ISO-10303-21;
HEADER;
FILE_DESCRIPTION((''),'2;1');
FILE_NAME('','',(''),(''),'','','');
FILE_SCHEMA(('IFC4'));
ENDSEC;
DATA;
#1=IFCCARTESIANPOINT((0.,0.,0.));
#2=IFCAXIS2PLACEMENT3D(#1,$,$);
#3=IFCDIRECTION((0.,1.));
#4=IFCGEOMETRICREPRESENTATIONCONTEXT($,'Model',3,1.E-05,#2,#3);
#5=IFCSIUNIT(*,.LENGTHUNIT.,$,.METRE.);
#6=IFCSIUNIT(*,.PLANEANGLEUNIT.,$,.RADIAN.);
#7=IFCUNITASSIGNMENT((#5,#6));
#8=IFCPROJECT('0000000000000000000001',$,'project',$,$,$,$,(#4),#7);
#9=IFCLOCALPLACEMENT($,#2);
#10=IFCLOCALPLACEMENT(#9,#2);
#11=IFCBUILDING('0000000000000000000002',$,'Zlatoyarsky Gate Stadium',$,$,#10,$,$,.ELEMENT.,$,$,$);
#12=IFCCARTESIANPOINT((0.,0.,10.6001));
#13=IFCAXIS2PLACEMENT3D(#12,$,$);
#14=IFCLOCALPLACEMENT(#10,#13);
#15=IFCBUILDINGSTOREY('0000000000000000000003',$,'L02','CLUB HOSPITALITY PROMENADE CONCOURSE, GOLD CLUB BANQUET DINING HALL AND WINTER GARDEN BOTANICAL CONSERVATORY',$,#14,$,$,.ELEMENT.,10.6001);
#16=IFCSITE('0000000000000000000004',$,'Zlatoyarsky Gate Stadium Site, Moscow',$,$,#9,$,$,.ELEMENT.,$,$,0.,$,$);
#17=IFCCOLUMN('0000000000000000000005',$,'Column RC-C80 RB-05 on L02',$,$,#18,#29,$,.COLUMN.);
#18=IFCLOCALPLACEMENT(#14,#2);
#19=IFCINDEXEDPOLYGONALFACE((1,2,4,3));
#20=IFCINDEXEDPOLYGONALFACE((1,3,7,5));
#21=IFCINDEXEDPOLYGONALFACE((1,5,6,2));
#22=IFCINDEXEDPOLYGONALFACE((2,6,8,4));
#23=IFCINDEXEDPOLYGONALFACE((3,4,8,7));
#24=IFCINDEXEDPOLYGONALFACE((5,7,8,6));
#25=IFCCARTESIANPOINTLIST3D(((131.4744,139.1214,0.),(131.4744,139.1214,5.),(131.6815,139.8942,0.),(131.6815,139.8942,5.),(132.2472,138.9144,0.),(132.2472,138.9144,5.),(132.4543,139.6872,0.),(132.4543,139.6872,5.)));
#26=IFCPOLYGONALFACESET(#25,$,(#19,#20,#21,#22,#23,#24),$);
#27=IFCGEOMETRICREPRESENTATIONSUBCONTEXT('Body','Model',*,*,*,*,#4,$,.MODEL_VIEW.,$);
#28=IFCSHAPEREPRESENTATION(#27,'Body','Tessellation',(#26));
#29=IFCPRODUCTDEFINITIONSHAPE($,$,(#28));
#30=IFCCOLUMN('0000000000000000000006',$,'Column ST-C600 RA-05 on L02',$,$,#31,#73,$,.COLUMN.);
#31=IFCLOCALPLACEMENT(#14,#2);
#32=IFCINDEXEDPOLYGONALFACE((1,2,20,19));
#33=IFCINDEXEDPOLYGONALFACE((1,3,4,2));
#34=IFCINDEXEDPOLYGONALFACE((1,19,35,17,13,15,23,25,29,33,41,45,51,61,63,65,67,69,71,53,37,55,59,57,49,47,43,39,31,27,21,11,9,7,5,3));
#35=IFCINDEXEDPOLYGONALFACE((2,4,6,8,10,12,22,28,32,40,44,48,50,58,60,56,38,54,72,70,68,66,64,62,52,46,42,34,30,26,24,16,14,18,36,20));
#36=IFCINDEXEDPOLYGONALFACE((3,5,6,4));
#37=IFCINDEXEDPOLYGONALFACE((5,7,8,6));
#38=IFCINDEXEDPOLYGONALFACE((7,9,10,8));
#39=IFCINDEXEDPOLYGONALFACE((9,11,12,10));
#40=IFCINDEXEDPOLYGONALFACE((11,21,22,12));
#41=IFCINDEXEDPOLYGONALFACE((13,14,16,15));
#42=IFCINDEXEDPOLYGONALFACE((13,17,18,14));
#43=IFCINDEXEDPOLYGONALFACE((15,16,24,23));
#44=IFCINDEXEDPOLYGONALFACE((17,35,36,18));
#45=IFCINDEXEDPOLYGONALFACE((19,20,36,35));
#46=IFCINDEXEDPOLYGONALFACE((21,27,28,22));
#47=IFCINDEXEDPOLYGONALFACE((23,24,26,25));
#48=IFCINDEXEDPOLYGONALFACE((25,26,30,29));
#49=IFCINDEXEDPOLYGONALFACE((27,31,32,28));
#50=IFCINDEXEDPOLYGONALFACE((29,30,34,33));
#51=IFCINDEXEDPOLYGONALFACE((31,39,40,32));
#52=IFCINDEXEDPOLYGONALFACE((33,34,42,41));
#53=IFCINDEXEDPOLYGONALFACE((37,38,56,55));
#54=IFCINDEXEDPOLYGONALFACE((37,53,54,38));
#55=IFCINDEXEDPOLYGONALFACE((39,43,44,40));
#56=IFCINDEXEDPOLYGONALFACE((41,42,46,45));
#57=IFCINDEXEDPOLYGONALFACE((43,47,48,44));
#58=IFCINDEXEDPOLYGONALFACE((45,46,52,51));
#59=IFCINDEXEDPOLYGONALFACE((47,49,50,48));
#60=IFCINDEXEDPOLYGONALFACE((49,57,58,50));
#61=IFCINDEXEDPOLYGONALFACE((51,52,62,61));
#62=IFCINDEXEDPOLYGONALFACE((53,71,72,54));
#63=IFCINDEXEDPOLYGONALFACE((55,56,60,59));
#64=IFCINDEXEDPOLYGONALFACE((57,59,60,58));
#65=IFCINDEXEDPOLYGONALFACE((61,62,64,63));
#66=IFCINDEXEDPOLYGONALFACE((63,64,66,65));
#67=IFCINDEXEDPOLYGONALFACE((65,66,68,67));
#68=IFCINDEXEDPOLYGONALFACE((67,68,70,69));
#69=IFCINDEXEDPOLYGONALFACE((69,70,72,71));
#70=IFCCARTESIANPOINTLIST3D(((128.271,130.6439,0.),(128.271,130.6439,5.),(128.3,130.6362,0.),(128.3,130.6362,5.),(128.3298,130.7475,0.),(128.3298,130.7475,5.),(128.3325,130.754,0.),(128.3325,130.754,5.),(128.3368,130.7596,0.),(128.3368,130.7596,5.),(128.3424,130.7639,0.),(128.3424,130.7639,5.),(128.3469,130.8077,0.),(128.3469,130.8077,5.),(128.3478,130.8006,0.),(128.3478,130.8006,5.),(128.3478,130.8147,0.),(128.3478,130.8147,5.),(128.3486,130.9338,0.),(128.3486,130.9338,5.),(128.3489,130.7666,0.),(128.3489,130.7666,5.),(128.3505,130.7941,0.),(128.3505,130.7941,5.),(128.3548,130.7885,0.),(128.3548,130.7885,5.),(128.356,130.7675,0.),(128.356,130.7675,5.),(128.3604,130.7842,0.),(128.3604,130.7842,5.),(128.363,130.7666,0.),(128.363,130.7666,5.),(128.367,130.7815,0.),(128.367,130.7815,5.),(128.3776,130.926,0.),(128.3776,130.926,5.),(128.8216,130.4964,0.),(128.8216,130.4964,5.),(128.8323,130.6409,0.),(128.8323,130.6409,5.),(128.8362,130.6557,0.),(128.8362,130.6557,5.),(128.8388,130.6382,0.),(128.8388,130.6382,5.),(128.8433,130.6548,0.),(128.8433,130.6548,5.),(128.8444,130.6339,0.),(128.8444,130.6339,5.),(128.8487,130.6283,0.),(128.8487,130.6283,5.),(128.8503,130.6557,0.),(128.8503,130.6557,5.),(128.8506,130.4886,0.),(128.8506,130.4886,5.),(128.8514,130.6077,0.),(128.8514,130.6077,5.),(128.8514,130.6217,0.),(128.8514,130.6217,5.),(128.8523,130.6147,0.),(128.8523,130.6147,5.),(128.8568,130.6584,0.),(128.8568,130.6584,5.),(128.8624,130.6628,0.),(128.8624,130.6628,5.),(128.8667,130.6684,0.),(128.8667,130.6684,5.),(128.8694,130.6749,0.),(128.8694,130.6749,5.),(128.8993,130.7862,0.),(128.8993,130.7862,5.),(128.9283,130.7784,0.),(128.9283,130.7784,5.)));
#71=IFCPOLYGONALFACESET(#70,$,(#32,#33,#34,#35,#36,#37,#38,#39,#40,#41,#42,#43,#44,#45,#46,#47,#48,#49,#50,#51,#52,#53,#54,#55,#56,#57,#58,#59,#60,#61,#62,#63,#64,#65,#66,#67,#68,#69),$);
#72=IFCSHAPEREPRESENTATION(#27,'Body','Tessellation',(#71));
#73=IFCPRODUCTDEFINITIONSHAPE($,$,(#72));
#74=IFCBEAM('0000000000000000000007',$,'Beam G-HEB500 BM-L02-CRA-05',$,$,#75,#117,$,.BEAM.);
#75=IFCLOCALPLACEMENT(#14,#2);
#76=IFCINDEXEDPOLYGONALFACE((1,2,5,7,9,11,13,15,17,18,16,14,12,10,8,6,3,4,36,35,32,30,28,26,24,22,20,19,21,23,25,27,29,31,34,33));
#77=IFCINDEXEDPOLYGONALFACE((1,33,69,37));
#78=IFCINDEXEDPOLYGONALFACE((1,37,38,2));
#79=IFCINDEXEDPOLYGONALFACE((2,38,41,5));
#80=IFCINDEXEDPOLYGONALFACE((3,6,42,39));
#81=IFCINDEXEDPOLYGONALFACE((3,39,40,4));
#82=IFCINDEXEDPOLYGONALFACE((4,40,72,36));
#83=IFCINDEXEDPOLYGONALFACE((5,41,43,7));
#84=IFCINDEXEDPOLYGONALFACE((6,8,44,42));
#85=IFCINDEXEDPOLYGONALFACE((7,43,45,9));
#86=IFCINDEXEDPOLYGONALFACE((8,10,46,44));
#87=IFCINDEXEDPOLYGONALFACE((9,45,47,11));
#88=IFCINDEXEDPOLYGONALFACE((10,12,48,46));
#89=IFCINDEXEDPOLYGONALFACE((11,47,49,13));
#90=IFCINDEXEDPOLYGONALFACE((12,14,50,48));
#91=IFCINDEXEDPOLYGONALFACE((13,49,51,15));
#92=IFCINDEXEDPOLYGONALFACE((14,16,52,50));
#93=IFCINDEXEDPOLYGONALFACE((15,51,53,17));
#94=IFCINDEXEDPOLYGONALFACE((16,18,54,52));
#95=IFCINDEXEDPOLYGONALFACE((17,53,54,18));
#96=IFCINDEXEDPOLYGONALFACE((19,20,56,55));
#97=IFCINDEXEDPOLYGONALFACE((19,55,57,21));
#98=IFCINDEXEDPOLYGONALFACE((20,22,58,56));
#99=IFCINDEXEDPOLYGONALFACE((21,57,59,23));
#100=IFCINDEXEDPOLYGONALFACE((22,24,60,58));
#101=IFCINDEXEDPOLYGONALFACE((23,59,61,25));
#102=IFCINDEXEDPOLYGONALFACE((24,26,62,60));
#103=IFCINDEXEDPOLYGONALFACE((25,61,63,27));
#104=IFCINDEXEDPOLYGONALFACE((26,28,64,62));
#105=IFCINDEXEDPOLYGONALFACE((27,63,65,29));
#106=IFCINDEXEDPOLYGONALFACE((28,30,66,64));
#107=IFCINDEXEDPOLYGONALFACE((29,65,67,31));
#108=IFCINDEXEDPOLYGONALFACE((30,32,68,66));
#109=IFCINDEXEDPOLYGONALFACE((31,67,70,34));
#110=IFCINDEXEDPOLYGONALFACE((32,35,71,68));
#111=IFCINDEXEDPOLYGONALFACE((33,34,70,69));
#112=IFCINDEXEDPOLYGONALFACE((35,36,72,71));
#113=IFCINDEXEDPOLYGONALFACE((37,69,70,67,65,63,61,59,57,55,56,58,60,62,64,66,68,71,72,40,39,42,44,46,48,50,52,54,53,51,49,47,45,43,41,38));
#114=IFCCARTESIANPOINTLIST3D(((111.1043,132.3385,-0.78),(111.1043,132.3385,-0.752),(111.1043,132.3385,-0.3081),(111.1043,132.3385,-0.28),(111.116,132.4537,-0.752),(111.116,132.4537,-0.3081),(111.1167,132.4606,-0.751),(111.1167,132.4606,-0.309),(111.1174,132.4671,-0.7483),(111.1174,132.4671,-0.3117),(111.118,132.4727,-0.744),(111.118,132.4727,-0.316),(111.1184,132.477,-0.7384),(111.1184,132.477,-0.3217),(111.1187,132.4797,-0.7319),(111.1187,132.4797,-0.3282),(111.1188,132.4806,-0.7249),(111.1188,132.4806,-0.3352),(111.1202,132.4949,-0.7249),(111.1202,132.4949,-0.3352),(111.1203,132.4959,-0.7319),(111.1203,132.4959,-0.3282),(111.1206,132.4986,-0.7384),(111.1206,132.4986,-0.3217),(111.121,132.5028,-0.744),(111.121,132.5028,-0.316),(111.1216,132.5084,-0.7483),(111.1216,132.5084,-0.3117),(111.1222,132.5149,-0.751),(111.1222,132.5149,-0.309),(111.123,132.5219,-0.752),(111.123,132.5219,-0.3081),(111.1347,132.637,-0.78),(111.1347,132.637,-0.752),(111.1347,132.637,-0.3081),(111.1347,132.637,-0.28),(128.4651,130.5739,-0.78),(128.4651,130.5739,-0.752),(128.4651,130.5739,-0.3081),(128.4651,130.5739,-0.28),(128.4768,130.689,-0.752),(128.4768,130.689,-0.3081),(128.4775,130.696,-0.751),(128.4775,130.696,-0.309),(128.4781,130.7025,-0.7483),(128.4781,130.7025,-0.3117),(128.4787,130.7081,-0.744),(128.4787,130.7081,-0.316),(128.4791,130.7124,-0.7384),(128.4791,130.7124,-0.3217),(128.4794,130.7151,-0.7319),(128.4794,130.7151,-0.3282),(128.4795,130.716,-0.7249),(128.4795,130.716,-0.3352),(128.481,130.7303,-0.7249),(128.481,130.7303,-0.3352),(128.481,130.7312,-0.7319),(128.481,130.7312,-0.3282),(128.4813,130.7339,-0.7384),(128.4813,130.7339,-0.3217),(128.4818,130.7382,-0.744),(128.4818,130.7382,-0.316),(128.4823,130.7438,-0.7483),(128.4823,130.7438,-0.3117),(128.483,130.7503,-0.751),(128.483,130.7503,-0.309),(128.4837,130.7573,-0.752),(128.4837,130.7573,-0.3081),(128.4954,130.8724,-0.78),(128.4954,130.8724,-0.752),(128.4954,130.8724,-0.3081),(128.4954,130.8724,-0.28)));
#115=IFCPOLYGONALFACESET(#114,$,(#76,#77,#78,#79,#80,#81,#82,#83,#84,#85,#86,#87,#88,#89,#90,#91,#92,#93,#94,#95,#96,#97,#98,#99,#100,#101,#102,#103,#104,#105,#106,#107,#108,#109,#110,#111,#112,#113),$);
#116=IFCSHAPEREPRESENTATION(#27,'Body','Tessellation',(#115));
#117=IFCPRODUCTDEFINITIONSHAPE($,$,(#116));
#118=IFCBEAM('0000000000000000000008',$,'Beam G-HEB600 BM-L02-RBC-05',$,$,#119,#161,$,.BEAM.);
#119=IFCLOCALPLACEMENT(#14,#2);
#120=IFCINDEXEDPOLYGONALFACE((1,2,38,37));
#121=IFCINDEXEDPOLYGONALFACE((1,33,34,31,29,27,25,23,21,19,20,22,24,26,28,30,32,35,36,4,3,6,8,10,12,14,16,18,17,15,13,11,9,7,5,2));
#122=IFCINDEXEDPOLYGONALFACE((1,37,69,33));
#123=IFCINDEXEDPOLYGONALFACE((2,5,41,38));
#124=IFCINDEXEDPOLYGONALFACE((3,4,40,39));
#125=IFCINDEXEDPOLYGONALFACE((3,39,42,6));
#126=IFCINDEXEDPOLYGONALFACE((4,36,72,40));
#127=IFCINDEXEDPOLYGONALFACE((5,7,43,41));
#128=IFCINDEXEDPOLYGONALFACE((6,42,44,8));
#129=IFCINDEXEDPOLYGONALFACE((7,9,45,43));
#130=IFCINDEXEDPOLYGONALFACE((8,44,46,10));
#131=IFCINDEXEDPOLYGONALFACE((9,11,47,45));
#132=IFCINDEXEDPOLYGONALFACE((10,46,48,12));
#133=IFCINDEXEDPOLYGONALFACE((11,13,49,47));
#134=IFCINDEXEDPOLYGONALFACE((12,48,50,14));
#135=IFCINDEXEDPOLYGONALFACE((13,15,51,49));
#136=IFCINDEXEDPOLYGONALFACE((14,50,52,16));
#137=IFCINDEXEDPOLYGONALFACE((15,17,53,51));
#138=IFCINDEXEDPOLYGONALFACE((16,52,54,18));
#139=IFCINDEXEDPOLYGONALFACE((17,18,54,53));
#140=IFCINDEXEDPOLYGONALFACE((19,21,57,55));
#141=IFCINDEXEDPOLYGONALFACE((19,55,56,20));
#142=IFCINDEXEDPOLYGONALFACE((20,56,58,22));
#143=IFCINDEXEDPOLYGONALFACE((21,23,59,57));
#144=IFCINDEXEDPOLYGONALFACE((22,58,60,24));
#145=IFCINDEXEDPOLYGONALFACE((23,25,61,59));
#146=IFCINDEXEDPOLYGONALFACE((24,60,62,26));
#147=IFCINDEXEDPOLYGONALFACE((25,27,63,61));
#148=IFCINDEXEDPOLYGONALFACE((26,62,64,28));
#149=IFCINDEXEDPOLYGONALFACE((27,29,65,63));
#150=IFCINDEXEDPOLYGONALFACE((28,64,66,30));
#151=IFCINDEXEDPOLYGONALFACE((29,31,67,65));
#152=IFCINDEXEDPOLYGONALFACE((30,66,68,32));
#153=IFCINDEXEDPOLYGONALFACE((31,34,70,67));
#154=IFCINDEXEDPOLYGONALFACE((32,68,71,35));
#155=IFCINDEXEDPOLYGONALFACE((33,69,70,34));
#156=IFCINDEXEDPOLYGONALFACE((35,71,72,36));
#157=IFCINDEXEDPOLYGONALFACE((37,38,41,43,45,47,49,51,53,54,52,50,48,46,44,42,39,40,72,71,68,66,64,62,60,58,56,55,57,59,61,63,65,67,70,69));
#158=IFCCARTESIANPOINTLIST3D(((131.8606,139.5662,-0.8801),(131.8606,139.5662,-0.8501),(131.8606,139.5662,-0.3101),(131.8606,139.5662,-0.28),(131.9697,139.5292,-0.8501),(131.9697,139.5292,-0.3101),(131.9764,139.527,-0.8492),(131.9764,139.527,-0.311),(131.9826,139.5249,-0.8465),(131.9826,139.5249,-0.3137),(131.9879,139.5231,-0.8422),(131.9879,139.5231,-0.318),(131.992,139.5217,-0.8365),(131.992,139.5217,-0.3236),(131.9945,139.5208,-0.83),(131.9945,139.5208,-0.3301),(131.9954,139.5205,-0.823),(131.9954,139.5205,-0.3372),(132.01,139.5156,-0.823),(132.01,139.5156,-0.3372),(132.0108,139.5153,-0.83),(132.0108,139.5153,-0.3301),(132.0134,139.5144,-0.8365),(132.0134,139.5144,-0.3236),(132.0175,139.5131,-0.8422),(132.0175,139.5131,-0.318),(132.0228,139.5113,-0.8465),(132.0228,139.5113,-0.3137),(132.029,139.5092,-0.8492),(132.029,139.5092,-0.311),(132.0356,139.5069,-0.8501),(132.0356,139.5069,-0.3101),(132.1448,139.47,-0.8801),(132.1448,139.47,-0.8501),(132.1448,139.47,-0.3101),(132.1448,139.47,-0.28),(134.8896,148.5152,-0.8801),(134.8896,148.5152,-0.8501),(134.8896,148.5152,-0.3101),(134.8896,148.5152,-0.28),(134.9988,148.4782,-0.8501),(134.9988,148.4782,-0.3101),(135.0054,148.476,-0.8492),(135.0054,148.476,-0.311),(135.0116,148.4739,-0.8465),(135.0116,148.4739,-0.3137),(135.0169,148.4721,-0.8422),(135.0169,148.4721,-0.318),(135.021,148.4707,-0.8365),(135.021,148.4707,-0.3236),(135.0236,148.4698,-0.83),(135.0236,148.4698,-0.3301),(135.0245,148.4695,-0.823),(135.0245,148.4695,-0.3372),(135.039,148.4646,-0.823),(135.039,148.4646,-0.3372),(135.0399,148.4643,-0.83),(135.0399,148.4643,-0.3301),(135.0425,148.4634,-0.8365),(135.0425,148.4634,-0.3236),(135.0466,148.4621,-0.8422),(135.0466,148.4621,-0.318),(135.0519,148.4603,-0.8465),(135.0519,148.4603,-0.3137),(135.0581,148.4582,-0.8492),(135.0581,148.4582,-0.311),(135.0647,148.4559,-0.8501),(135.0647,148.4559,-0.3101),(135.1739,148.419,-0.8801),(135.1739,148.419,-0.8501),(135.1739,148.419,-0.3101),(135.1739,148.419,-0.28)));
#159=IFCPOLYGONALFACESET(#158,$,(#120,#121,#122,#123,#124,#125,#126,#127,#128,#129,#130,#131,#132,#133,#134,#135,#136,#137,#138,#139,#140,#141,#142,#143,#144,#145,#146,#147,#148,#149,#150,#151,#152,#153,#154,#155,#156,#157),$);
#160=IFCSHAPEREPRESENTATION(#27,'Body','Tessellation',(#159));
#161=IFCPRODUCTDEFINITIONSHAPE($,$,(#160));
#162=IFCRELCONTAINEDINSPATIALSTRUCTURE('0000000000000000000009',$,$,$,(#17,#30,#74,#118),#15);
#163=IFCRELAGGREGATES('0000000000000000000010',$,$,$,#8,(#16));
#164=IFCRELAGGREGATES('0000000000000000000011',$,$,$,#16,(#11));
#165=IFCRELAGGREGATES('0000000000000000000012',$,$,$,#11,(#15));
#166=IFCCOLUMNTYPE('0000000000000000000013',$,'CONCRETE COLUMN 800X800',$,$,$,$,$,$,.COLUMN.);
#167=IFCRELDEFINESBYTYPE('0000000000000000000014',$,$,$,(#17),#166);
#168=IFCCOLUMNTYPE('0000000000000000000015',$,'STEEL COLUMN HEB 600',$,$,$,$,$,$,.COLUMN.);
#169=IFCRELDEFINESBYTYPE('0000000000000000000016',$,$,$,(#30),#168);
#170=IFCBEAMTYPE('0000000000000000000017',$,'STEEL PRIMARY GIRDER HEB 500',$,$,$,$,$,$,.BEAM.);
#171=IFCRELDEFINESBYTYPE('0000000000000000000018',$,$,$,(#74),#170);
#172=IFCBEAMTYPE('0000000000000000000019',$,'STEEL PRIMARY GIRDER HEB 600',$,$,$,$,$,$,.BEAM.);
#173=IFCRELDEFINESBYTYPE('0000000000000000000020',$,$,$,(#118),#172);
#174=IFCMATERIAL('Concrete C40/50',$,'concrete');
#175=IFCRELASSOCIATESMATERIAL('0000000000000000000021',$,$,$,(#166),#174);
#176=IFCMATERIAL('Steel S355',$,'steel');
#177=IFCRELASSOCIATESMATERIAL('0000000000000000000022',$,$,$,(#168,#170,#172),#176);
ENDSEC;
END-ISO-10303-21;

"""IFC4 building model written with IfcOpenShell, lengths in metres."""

from ifc_helpers import new_model, si_unit, direction, frame, origin, origin_2d, place, context, subcontext, project, spatial, rectangle, i_section, extrude, material, material_profile, profile_set, type_object, element, save


model = new_model("IFC4")

# Units and contexts
model_context = context("Model", 3, precision=1e-05, world=origin(), true_north=direction((0.0, 1.0)))
body_context = subcontext(model_context, "Body", "Model", "MODEL_VIEW")
ifc_project = project(units=[si_unit("LENGTHUNIT", "METRE"), si_unit("PLANEANGLEUNIT", "RADIAN")], contexts=[model_context])

# Site, building, storey
site_placement = place(None, origin())
site = spatial("IfcSite", under=ifc_project, at=site_placement, Name="Zlatoyarsky Gate Stadium Site, Moscow", CompositionType="ELEMENT", RefElevation=0.0)
building_placement = place(site_placement, origin())
building = spatial("IfcBuilding", under=site, at=building_placement, Name="Zlatoyarsky Gate Stadium", CompositionType="ELEMENT")
storey_placement = place(building_placement, frame((0.0, 0.0, 10.6001)))
storey = spatial("IfcBuildingStorey", under=building, at=storey_placement, Name="L02", Description="CLUB HOSPITALITY PROMENADE CONCOURSE, GOLD CLUB BANQUET DINING HALL AND WINTER GARDEN BOTANICAL CONSERVATORY", CompositionType="ELEMENT", Elevation=10.6001)

# Columns
ifc_material_1 = material(Name="Concrete C40/50", Category="concrete")
ifc_material_profile_1 = material_profile(ifc_material_1, rectangle(XDim=0.8, YDim=0.8, at=origin_2d()), Name="RC COL 800X800")
ifc_profile_set_1 = profile_set([ifc_material_profile_1], Name="Concrete C40/50")
column_type_1 = type_object("IfcColumnType", Name="CONCRETE COLUMN 800X800", PredefinedType="COLUMN", material=ifc_profile_set_1)
column_1_placement = place(storey_placement, frame((131.9644, 139.4043, 0.0), z_axis=(0.0, 0.0, 1.0), x_axis=(0.258819, 0.965926, 0.0)))
element("IfcColumn", 1, at=column_1_placement, inside=storey, type_object=column_type_1, Name="Column RC-C80 RB-05 on L02", PredefinedType="COLUMN", context=body_context, shape_type="SweptSolid", body=[
    extrude(rectangle(XDim=0.8, YDim=0.8, at=origin_2d()), origin(), (0.0, 0.0, 1.0), 5.0),
])
ifc_material_2 = material(Name="Steel S355", Category="steel")
ifc_material_profile_2 = material_profile(ifc_material_2, i_section(OverallWidth=0.3, OverallDepth=0.6001, WebThickness=0.0154, FlangeThickness=0.03, FilletRadius=0.0271, at=origin_2d()), Name="HEB 600")
ifc_profile_set_2 = profile_set([ifc_material_profile_2], Name="Steel S355")
column_type_2 = type_object("IfcColumnType", Name="STEEL COLUMN HEB 600", PredefinedType="COLUMN", material=ifc_profile_set_2)
column_2_placement = place(storey_placement, frame((128.5996, 130.7112, 0.0), z_axis=(0.0, 0.0, 1.0), x_axis=(0.258819, 0.965926, 0.0)))
element("IfcColumn", 2, at=column_2_placement, inside=storey, type_object=column_type_2, Name="Column ST-C600 RA-05 on L02", PredefinedType="COLUMN", context=body_context, shape_type="SweptSolid", body=[
    extrude(i_section(OverallWidth=0.3, OverallDepth=0.6001, WebThickness=0.0154, FlangeThickness=0.03, FilletRadius=0.0271, at=origin_2d()), origin(), (0.0, 0.0, 1.0), 5.0),
])

# Beams
ifc_material_profile_3 = material_profile(ifc_material_2, i_section(OverallWidth=0.3, OverallDepth=0.5, WebThickness=0.0144, FlangeThickness=0.0281, FilletRadius=0.0271, at=origin_2d()), Name="HEB 500")
ifc_profile_set_3 = profile_set([ifc_material_profile_3], Name="Steel S355")
beam_type_1 = type_object("IfcBeamType", Name="STEEL PRIMARY GIRDER HEB 500", PredefinedType="BEAM", material=ifc_profile_set_3)
beam_1_placement = place(storey_placement, frame((128.4802, 130.7231, -0.53), z_axis=(-0.994874, 0.101124, 0.0), x_axis=(-0.101124, -0.994874, 0.0)))
element("IfcBeam", 3, at=beam_1_placement, inside=storey, type_object=beam_type_1, Name="Beam G-HEB500 BM-L02-CRA-05", PredefinedType="BEAM", context=body_context, shape_type="SweptSolid", body=[
    extrude(i_section(OverallWidth=0.3, OverallDepth=0.5, WebThickness=0.0144, FlangeThickness=0.0281, FilletRadius=0.0271, at=origin_2d()), origin(), (0.0, 0.0, 1.0), 17.4502),
])
ifc_material_profile_4 = material_profile(ifc_material_2, i_section(OverallWidth=0.3, OverallDepth=0.6001, WebThickness=0.0154, FlangeThickness=0.03, FilletRadius=0.0271, at=origin_2d()), Name="HEB 600")
ifc_profile_set_4 = profile_set([ifc_material_profile_4], Name="Steel S355")
beam_type_2 = type_object("IfcBeamType", Name="STEEL PRIMARY GIRDER HEB 600", PredefinedType="BEAM", material=ifc_profile_set_4)
beam_2_placement = place(storey_placement, frame((132.0027, 139.5181, -0.5801), z_axis=(0.320612, 0.947211, 0.0), x_axis=(-0.947211, 0.320612, 0.0)))
element("IfcBeam", 4, at=beam_2_placement, inside=storey, type_object=beam_type_2, Name="Beam G-HEB600 BM-L02-RBC-05", PredefinedType="BEAM", context=body_context, shape_type="SweptSolid", body=[
    extrude(i_section(OverallWidth=0.3, OverallDepth=0.6001, WebThickness=0.0154, FlangeThickness=0.03, FilletRadius=0.0271, at=origin_2d()), origin(), (0.0, 0.0, 1.0), 9.4478),
])

save(model, "model.ifc")
